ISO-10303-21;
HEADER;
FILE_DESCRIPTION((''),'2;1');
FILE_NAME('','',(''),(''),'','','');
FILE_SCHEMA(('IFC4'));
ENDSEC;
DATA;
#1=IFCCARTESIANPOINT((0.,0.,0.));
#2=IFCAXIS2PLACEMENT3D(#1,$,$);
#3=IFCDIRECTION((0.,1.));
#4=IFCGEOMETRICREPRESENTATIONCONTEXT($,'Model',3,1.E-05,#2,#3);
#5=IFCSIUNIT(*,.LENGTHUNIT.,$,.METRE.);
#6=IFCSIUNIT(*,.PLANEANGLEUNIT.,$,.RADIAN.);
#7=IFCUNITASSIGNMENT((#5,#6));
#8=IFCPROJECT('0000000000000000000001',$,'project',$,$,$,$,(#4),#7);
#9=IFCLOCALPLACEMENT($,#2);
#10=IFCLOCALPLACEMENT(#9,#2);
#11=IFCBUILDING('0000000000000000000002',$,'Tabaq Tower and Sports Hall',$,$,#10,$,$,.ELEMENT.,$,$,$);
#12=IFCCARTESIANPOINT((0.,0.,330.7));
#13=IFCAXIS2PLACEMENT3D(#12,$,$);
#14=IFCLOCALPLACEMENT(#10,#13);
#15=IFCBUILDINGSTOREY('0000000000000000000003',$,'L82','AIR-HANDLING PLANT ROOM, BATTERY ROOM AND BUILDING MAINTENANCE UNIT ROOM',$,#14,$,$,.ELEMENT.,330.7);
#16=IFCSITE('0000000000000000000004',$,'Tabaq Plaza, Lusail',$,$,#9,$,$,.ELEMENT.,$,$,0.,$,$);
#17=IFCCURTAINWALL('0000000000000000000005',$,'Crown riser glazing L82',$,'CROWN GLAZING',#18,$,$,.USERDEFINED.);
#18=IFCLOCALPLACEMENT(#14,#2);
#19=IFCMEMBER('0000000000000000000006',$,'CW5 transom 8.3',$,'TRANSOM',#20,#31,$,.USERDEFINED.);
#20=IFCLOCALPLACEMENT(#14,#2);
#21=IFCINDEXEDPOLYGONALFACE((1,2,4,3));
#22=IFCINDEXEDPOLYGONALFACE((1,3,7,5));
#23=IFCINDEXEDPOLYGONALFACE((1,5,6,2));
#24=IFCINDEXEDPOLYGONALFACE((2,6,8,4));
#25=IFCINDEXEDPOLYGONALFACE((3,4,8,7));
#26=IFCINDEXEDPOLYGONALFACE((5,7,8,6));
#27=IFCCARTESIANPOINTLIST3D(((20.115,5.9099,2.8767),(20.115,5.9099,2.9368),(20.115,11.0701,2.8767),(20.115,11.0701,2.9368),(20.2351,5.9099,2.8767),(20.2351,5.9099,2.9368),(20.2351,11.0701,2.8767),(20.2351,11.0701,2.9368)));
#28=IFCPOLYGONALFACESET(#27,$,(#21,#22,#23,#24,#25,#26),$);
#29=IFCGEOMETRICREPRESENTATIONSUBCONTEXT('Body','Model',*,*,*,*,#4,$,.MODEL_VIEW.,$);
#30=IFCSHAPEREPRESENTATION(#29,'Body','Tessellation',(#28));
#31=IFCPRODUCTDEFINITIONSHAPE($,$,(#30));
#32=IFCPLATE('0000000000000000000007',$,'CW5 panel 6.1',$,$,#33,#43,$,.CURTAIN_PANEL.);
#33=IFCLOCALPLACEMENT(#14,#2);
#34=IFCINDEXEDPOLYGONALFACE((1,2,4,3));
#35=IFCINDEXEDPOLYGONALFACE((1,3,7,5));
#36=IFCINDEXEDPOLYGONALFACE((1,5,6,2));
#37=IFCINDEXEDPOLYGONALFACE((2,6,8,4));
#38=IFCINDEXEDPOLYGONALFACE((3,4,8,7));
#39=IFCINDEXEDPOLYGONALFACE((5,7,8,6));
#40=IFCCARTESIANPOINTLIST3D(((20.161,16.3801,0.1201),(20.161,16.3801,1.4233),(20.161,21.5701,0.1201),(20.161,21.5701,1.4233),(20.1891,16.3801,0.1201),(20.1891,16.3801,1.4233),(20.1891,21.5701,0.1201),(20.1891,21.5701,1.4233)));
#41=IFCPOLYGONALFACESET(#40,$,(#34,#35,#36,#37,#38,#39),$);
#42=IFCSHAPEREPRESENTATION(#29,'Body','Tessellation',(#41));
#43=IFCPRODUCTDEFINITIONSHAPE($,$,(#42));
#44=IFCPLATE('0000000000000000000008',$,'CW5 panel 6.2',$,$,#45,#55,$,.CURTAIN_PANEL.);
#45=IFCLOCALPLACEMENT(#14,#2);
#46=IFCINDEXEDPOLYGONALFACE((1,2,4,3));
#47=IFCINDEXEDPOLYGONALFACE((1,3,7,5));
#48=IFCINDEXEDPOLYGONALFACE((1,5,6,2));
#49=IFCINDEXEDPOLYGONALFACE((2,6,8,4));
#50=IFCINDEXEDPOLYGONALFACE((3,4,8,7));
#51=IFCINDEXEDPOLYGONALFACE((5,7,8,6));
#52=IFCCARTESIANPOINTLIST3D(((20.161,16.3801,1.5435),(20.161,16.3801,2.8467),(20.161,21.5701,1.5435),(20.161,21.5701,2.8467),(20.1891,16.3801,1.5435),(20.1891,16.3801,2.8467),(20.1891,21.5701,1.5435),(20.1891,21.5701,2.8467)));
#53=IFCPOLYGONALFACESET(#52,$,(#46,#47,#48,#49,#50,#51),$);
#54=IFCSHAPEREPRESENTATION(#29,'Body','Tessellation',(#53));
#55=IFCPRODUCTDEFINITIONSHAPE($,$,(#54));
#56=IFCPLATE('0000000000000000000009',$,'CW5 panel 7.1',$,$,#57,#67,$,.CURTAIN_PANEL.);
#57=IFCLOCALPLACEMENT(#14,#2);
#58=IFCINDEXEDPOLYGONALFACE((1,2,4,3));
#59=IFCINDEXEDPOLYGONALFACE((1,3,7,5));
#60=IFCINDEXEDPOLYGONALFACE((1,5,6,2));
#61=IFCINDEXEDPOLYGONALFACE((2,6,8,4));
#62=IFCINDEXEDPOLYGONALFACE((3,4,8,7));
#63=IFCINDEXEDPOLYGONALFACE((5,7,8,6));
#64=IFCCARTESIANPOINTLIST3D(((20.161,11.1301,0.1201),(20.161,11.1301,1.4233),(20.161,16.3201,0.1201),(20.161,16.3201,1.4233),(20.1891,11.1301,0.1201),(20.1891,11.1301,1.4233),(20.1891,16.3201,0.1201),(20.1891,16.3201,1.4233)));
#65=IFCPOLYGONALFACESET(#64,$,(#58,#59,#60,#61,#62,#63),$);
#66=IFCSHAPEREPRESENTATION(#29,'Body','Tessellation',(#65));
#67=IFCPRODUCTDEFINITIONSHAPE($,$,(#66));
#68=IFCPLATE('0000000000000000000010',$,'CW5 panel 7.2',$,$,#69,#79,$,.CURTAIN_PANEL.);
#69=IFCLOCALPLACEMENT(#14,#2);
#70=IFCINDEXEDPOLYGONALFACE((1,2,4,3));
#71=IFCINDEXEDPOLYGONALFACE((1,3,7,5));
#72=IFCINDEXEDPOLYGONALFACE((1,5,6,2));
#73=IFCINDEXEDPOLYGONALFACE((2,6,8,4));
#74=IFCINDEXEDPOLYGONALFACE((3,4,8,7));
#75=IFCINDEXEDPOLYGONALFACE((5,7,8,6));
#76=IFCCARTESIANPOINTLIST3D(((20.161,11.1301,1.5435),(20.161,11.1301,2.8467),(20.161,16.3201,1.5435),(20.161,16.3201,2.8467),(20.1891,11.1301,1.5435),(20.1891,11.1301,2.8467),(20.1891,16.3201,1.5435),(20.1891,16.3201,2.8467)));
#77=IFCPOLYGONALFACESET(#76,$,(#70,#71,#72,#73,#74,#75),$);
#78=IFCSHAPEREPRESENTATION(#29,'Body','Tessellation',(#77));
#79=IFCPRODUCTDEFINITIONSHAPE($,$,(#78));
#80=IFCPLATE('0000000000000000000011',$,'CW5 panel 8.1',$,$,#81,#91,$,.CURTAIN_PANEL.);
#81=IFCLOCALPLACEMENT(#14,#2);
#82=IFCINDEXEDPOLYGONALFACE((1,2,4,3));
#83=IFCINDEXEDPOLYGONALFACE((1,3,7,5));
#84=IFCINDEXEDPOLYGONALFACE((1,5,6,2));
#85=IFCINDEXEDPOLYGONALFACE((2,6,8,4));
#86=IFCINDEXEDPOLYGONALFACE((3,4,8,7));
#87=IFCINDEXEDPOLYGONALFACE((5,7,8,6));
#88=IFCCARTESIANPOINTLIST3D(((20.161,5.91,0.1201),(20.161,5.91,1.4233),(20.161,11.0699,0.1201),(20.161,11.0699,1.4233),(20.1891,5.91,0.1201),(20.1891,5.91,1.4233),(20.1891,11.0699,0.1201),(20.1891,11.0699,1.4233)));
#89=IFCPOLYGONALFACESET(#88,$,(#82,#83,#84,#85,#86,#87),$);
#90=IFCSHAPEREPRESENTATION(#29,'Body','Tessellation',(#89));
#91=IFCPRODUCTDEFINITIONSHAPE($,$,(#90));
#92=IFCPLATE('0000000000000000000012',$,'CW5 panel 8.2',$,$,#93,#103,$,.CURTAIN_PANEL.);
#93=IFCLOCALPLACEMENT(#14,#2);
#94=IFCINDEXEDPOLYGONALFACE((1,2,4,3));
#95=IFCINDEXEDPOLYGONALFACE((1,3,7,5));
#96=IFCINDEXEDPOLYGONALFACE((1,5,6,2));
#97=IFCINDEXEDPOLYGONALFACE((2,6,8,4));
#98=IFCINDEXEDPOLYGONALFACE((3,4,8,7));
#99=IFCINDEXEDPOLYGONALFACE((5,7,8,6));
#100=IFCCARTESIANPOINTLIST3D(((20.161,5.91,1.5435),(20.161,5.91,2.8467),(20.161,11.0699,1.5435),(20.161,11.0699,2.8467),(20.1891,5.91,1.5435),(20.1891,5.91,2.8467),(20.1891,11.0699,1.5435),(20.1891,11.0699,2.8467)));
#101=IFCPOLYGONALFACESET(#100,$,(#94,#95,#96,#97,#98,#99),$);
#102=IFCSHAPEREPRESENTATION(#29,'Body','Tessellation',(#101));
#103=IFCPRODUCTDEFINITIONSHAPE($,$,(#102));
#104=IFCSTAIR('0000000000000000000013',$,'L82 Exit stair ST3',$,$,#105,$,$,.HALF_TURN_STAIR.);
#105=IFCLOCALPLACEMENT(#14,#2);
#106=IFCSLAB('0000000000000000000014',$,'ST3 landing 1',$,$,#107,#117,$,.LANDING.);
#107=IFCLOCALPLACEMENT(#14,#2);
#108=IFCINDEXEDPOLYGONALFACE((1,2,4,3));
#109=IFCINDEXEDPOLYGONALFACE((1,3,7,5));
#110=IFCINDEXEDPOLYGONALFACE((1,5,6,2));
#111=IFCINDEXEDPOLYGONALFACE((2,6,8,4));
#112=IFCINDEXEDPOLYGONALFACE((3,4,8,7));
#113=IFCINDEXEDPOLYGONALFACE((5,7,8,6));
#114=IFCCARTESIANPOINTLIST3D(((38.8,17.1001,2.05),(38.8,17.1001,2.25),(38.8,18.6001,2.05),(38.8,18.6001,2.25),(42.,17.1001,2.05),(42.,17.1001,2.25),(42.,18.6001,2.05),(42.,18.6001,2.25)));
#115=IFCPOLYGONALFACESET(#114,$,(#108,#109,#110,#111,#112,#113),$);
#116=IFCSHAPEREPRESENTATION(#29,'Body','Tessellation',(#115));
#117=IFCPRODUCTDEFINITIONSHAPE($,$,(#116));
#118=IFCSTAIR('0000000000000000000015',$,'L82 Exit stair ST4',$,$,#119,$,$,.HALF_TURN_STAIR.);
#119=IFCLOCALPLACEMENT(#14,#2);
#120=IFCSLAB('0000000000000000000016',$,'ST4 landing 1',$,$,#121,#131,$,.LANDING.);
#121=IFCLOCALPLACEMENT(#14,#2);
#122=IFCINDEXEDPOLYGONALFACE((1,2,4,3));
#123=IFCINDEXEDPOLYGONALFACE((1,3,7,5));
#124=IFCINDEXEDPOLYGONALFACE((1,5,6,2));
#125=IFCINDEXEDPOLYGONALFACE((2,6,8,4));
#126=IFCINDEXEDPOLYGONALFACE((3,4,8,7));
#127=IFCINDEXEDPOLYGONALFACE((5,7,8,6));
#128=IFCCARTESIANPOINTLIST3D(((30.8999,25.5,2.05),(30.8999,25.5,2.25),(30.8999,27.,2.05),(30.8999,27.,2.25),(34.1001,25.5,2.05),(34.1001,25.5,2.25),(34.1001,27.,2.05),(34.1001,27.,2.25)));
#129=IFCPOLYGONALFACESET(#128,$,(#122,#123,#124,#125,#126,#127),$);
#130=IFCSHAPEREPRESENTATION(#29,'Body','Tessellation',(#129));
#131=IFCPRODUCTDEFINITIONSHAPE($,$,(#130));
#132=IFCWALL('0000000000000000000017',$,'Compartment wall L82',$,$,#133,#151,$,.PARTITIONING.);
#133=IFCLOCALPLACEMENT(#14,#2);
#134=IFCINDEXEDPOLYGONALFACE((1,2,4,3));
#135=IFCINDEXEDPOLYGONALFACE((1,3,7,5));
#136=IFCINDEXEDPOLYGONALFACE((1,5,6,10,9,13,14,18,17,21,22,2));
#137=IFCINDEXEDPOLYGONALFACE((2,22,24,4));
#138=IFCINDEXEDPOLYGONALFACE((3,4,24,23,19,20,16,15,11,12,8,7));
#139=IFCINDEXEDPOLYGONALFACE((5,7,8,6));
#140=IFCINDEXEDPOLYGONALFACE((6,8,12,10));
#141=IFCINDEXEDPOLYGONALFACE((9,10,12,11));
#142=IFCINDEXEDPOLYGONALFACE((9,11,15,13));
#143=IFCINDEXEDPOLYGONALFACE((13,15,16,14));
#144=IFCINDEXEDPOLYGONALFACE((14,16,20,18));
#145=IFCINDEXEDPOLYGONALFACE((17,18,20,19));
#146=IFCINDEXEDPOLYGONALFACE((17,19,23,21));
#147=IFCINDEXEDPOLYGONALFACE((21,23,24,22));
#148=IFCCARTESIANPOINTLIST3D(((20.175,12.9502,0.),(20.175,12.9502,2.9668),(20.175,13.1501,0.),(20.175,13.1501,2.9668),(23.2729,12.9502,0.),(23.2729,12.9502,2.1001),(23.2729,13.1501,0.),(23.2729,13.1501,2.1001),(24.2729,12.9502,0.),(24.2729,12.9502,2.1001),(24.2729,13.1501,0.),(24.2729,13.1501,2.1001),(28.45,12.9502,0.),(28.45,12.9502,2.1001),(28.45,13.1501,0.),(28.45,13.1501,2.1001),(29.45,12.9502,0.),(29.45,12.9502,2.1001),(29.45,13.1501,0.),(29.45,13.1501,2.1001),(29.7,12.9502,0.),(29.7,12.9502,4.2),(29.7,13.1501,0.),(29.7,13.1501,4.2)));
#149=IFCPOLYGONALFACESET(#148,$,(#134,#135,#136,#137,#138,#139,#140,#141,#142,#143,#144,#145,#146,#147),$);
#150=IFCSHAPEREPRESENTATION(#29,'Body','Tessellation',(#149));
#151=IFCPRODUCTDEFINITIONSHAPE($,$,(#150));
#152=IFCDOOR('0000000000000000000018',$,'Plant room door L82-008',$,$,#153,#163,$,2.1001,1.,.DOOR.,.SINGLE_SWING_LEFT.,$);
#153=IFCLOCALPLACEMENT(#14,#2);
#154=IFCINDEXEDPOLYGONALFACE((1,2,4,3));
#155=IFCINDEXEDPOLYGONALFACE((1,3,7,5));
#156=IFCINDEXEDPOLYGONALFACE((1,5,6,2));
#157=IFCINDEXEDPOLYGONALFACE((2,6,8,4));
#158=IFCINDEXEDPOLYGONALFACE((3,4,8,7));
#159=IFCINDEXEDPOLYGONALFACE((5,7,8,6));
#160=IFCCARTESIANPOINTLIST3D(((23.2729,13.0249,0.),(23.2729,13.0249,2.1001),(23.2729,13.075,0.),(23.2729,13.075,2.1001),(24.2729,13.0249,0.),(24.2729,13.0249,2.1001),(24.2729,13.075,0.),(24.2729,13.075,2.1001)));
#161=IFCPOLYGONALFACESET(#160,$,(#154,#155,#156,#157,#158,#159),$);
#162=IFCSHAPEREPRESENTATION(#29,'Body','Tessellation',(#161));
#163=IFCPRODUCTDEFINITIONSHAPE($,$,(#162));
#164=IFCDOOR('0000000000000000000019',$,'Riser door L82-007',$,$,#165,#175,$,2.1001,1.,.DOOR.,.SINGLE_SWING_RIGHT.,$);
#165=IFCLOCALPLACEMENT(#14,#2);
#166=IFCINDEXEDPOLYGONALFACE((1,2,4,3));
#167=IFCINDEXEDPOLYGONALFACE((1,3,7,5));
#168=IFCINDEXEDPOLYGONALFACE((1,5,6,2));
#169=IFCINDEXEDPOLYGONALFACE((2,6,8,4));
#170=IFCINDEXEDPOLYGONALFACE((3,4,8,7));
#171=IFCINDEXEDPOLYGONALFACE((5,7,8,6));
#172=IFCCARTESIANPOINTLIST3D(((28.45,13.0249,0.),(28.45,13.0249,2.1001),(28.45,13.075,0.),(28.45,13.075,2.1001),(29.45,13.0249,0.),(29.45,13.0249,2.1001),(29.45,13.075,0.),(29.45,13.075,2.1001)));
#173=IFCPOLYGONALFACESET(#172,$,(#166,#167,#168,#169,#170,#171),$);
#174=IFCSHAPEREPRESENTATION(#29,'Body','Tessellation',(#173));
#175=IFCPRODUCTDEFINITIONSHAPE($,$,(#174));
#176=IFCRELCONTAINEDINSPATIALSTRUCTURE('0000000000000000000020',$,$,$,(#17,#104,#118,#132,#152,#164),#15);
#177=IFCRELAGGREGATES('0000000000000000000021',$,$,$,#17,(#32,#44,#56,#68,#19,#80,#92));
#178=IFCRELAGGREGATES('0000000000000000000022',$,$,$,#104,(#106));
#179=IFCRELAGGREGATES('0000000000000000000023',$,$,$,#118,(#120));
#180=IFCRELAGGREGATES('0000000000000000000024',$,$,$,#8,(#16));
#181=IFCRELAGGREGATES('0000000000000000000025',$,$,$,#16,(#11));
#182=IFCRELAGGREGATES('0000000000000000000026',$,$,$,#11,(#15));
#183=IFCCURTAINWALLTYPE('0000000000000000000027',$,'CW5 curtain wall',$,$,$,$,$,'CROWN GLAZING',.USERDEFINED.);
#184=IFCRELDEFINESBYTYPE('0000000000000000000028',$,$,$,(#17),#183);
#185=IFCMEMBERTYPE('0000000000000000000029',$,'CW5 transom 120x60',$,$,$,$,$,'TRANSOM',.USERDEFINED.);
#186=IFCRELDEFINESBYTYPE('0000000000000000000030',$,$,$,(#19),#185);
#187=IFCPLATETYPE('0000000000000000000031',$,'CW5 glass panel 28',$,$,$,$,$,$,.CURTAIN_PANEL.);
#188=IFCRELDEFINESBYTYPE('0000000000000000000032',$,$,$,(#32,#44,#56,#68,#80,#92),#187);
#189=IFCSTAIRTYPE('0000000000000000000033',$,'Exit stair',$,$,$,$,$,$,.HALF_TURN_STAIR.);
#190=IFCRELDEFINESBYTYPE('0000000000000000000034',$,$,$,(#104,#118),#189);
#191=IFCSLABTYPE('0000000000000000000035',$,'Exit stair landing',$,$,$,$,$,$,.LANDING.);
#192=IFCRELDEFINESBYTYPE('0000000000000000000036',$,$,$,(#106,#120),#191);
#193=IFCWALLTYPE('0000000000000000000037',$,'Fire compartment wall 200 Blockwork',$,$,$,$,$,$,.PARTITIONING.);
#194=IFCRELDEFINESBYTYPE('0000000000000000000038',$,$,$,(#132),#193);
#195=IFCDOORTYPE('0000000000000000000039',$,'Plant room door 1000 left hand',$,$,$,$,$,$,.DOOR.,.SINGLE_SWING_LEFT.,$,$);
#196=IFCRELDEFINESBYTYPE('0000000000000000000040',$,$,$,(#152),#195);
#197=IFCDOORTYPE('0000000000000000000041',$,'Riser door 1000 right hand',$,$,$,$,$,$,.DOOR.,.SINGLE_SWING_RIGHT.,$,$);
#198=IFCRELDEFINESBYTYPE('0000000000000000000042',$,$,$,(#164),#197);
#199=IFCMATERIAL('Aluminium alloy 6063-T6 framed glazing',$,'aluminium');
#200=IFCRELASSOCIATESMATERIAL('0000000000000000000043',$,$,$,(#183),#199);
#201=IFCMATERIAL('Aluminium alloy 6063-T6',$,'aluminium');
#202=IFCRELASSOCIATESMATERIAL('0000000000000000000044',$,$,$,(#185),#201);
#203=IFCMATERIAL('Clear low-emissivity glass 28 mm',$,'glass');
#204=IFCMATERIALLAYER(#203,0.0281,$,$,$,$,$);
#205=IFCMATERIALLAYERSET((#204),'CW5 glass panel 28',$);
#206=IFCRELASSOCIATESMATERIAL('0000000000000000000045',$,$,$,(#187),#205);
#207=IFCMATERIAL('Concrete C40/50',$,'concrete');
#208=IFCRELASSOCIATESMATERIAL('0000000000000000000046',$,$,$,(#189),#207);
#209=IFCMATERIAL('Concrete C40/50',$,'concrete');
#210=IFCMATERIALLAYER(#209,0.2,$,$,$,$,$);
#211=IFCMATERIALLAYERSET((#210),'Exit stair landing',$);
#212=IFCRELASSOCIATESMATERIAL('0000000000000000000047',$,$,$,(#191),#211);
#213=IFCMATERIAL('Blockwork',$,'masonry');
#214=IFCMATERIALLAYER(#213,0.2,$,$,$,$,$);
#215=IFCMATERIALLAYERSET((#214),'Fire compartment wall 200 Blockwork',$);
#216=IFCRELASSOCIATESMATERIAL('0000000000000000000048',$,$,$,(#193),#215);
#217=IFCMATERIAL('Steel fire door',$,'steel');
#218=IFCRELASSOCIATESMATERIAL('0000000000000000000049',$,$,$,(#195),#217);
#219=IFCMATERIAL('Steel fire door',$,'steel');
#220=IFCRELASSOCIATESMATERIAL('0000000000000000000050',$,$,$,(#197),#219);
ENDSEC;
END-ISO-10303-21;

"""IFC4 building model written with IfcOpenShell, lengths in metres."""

from ifc_helpers import new_model, si_unit, direction, frame, frame_2d, origin, origin_2d, place, context, subcontext, project, spatial, polyline, rectangle, outline, extrude, material, layer, layer_set, material_profile, profile_set, type_object, element, fill, aggregate, save


model = new_model("IFC4")

# Units and contexts
model_context = context("Model", 3, precision=1e-05, world=origin(), true_north=direction((0.0, 1.0)))
body_context = subcontext(model_context, "Body", "Model", "MODEL_VIEW")
ifc_project = project(units=[si_unit("LENGTHUNIT", "METRE"), si_unit("PLANEANGLEUNIT", "RADIAN")], contexts=[model_context])

# Site, building, storey
site_placement = place(None, origin())
site = spatial("IfcSite", under=ifc_project, at=site_placement, Name="Tabaq Plaza, Lusail", CompositionType="ELEMENT", RefElevation=0.0)
building_placement = place(site_placement, origin())
building = spatial("IfcBuilding", under=site, at=building_placement, Name="Tabaq Tower and Sports Hall", CompositionType="ELEMENT")
storey_placement = place(building_placement, frame((0.0, 0.0, 330.7)))
storey = spatial("IfcBuildingStorey", under=building, at=storey_placement, Name="L82", Description="AIR-HANDLING PLANT ROOM, BATTERY ROOM AND BUILDING MAINTENANCE UNIT ROOM", CompositionType="ELEMENT", Elevation=330.7)

# Curtain wall, member, plates
ifc_material_1 = material(Name="Aluminium alloy 6063-T6 framed glazing", Category="aluminium")
curtain_wall_type_1 = type_object("IfcCurtainWallType", Name="CW5 curtain wall", ElementType="CROWN GLAZING", PredefinedType="USERDEFINED", material=ifc_material_1)
curtain_wall_1_placement = place(storey_placement, origin())
curtain_wall_1 = element("IfcCurtainWall", 1, at=curtain_wall_1_placement, inside=storey, type_object=curtain_wall_type_1, Name="Crown riser glazing L82", ObjectType="CROWN GLAZING", PredefinedType="USERDEFINED")
ifc_material_2 = material(Name="Aluminium alloy 6063-T6", Category="aluminium")
ifc_material_profile_1 = material_profile(ifc_material_2, rectangle(XDim=0.1201, YDim=0.0601, at=origin_2d()), Name="TRANSOM 120x60")
ifc_profile_set_1 = profile_set([ifc_material_profile_1], Name="Aluminium alloy 6063-T6")
member_type_1 = type_object("IfcMemberType", Name="CW5 transom 120x60", ElementType="TRANSOM", PredefinedType="USERDEFINED", material=ifc_profile_set_1)
member_1_placement = place(storey_placement, frame((20.175, 11.0701, 2.9067), z_axis=(0.0, -1.0, 0.0), x_axis=(1.0, 0.0, 0.0)))
member_1 = element("IfcMember", 2, at=member_1_placement, type_object=member_type_1, Name="CW5 transom 8.3", ObjectType="TRANSOM", PredefinedType="USERDEFINED", context=body_context, shape_type="SweptSolid", body=[
    extrude(rectangle(XDim=0.1201, YDim=0.0601, at=origin_2d()), origin(), (0.0, 0.0, 1.0), 5.1602),
])
ifc_material_3 = material(Name="Clear low-emissivity glass 28 mm", Category="glass")
ifc_layer_1 = layer(ifc_material_3, 0.0281)
ifc_layer_set_1 = layer_set([ifc_layer_1], Name="CW5 glass panel 28")
plate_type = type_object("IfcPlateType", Name="CW5 glass panel 28", PredefinedType="CURTAIN_PANEL", material=ifc_layer_set_1)
plate_1_placement = place(storey_placement, frame((20.175, 18.9751, 0.1201), z_axis=(0.0, 0.0, 1.0), x_axis=(0.0, -1.0, 0.0)))
plate_1 = element("IfcPlate", 3, at=plate_1_placement, type_object=plate_type, Name="CW5 panel 6.1", PredefinedType="CURTAIN_PANEL", context=body_context, shape_type="SweptSolid", body=[
    extrude(rectangle(XDim=5.1899, YDim=0.0281, at=origin_2d()), origin(), (0.0, 0.0, 1.0), 1.3032),
])
plate_2_placement = place(storey_placement, frame((20.175, 18.9751, 1.5435), z_axis=(0.0, 0.0, 1.0), x_axis=(0.0, -1.0, 0.0)))
plate_2 = element("IfcPlate", 4, at=plate_2_placement, type_object=plate_type, Name="CW5 panel 6.2", PredefinedType="CURTAIN_PANEL", context=body_context, shape_type="SweptSolid", body=[
    extrude(rectangle(XDim=5.1899, YDim=0.0281, at=origin_2d()), origin(), (0.0, 0.0, 1.0), 1.3032),
])
plate_3_placement = place(storey_placement, frame((20.175, 13.7251, 0.1201), z_axis=(0.0, 0.0, 1.0), x_axis=(0.0, -1.0, 0.0)))
plate_3 = element("IfcPlate", 5, at=plate_3_placement, type_object=plate_type, Name="CW5 panel 7.1", PredefinedType="CURTAIN_PANEL", context=body_context, shape_type="SweptSolid", body=[
    extrude(rectangle(XDim=5.1899, YDim=0.0281, at=origin_2d()), origin(), (0.0, 0.0, 1.0), 1.3032),
])
plate_4_placement = place(storey_placement, frame((20.175, 13.7251, 1.5435), z_axis=(0.0, 0.0, 1.0), x_axis=(0.0, -1.0, 0.0)))
plate_4 = element("IfcPlate", 6, at=plate_4_placement, type_object=plate_type, Name="CW5 panel 7.2", PredefinedType="CURTAIN_PANEL", context=body_context, shape_type="SweptSolid", body=[
    extrude(rectangle(XDim=5.1899, YDim=0.0281, at=origin_2d()), origin(), (0.0, 0.0, 1.0), 1.3032),
])
plate_5_placement = place(storey_placement, frame((20.175, 8.49, 0.1201), z_axis=(0.0, 0.0, 1.0), x_axis=(0.0, -1.0, 0.0)))
plate_5 = element("IfcPlate", 7, at=plate_5_placement, type_object=plate_type, Name="CW5 panel 8.1", PredefinedType="CURTAIN_PANEL", context=body_context, shape_type="SweptSolid", body=[
    extrude(rectangle(XDim=5.1599, YDim=0.0281, at=origin_2d()), origin(), (0.0, 0.0, 1.0), 1.3032),
])
plate_6_placement = place(storey_placement, frame((20.175, 8.49, 1.5435), z_axis=(0.0, 0.0, 1.0), x_axis=(0.0, -1.0, 0.0)))
plate_6 = element("IfcPlate", 8, at=plate_6_placement, type_object=plate_type, Name="CW5 panel 8.2", PredefinedType="CURTAIN_PANEL", context=body_context, shape_type="SweptSolid", body=[
    extrude(rectangle(XDim=5.1599, YDim=0.0281, at=origin_2d()), origin(), (0.0, 0.0, 1.0), 1.3032),
])
aggregate(curtain_wall_1, [plate_1, plate_2, plate_3, plate_4, member_1, plate_5, plate_6])

# Stairs, slabs
ifc_material_4 = material(Name="Concrete C40/50", Category="concrete")
stair_type = type_object("IfcStairType", Name="Exit stair", PredefinedType="HALF_TURN_STAIR", material=ifc_material_4)
stair_1_placement = place(storey_placement, origin())
stair_1 = element("IfcStair", 9, at=stair_1_placement, inside=storey, type_object=stair_type, Name="L82 Exit stair ST3", PredefinedType="HALF_TURN_STAIR")
ifc_material_5 = material(Name="Concrete C40/50", Category="concrete")
ifc_layer_2 = layer(ifc_material_5, 0.2)
ifc_layer_set_2 = layer_set([ifc_layer_2], Name="Exit stair landing")
slab_type = type_object("IfcSlabType", Name="Exit stair landing", PredefinedType="LANDING", material=ifc_layer_set_2)
slab_1_placement = place(storey_placement, frame((0.0, 0.0, 2.05)))
slab_1 = element("IfcSlab", 10, at=slab_1_placement, type_object=slab_type, Name="ST3 landing 1", PredefinedType="LANDING", context=body_context, shape_type="SweptSolid", body=[
    extrude(outline(polyline([(38.8, 18.6001), (38.8, 17.1001), (42.0, 17.1001), (42.0, 18.6001), (38.8, 18.6001)])), origin(), (0.0, 0.0, 1.0), 0.2),
])
aggregate(stair_1, [slab_1])
stair_2_placement = place(storey_placement, origin())
stair_2 = element("IfcStair", 11, at=stair_2_placement, inside=storey, type_object=stair_type, Name="L82 Exit stair ST4", PredefinedType="HALF_TURN_STAIR")
slab_2_placement = place(storey_placement, frame((0.0, 0.0, 2.05)))
slab_2 = element("IfcSlab", 12, at=slab_2_placement, type_object=slab_type, Name="ST4 landing 1", PredefinedType="LANDING", context=body_context, shape_type="SweptSolid", body=[
    extrude(outline(polyline([(30.8999, 27.0), (30.8999, 25.5), (34.1001, 25.5), (34.1001, 27.0), (30.8999, 27.0)])), origin(), (0.0, 0.0, 1.0), 0.2),
])
aggregate(stair_2, [slab_2])

# Wall, openings, doors
ifc_material_6 = material(Name="Blockwork", Category="masonry")
ifc_layer_3 = layer(ifc_material_6, 0.2)
ifc_layer_set_3 = layer_set([ifc_layer_3], Name="Fire compartment wall 200 Blockwork")
wall_type_1 = type_object("IfcWallType", Name="Fire compartment wall 200 Blockwork", PredefinedType="PARTITIONING", material=ifc_layer_set_3)
wall_1_placement = place(storey_placement, frame((20.175, 13.05, 0.0), z_axis=(0.0, 0.0, 1.0), x_axis=(1.0, 0.0, 0.0)))
wall_1 = element("IfcWall", 13, at=wall_1_placement, inside=storey, type_object=wall_type_1, Name="Compartment wall L82", PredefinedType="PARTITIONING", context=body_context, shape_type="SweptSolid", body=[
    extrude(outline(polyline([(0.0, 0.0), (9.5249, 0.0), (9.5249, 4.2), (0.0, 2.9668), (0.0, 0.0)])), frame((0.0, 0.1001, 0.0), z_axis=(0.0, -1.0, 0.0), x_axis=(1.0, 0.0, 0.0)), (0.0, 0.0, 1.0), 0.2),
])
opening_1_placement = place(wall_1_placement, frame((8.2749, 0.0, 0.0)))
opening_1 = element("IfcOpeningElement", 14, at=opening_1_placement, cuts=wall_1, PredefinedType="OPENING", context=body_context, shape_type="SweptSolid", body=[
    extrude(rectangle(XDim=1.0, YDim=2.1001, at=frame_2d((0.5, 1.05))), frame((0.0, 0.1001, 0.0), z_axis=(0.0, -1.0, 0.0), x_axis=(1.0, 0.0, 0.0)), (0.0, 0.0, 1.0), 0.2),
])
opening_2_placement = place(wall_1_placement, frame((3.0979, 0.0, 0.0)))
opening_2 = element("IfcOpeningElement", 15, at=opening_2_placement, cuts=wall_1, PredefinedType="OPENING", context=body_context, shape_type="SweptSolid", body=[
    extrude(rectangle(XDim=1.0, YDim=2.1001, at=frame_2d((0.5, 1.05))), frame((0.0, 0.1001, 0.0), z_axis=(0.0, -1.0, 0.0), x_axis=(1.0, 0.0, 0.0)), (0.0, 0.0, 1.0), 0.2),
])
ifc_material_7 = material(Name="Steel fire door", Category="steel")
door_type_1 = type_object("IfcDoorType", Name="Plant room door 1000 left hand", OperationType="SINGLE_SWING_LEFT", PredefinedType="DOOR", material=ifc_material_7)
door_1_placement = place(opening_2_placement, origin())
door_1 = element("IfcDoor", 16, at=door_1_placement, inside=storey, type_object=door_type_1, Name="Plant room door L82-008", OperationType="SINGLE_SWING_LEFT", OverallHeight=2.1001, OverallWidth=1.0, PredefinedType="DOOR", context=body_context, shape_type="SweptSolid", body=[
    extrude(rectangle(XDim=1.0, YDim=2.1001, at=frame_2d((0.5, 1.05))), frame((0.0, 0.0249, 0.0), z_axis=(0.0, -1.0, 0.0), x_axis=(1.0, 0.0, 0.0)), (0.0, 0.0, 1.0), 0.05),
])
fill(opening_2, door_1)
ifc_material_8 = material(Name="Steel fire door", Category="steel")
door_type_2 = type_object("IfcDoorType", Name="Riser door 1000 right hand", OperationType="SINGLE_SWING_RIGHT", PredefinedType="DOOR", material=ifc_material_8)
door_2_placement = place(opening_1_placement, origin())
door_2 = element("IfcDoor", 17, at=door_2_placement, inside=storey, type_object=door_type_2, Name="Riser door L82-007", OperationType="SINGLE_SWING_RIGHT", OverallHeight=2.1001, OverallWidth=1.0, PredefinedType="DOOR", context=body_context, shape_type="SweptSolid", body=[
    extrude(rectangle(XDim=1.0, YDim=2.1001, at=frame_2d((0.5, 1.05))), frame((0.0, 0.0249, 0.0), z_axis=(0.0, -1.0, 0.0), x_axis=(1.0, 0.0, 0.0)), (0.0, 0.0, 1.0), 0.05),
])
fill(opening_1, door_2)

save(model, "model.ifc")
